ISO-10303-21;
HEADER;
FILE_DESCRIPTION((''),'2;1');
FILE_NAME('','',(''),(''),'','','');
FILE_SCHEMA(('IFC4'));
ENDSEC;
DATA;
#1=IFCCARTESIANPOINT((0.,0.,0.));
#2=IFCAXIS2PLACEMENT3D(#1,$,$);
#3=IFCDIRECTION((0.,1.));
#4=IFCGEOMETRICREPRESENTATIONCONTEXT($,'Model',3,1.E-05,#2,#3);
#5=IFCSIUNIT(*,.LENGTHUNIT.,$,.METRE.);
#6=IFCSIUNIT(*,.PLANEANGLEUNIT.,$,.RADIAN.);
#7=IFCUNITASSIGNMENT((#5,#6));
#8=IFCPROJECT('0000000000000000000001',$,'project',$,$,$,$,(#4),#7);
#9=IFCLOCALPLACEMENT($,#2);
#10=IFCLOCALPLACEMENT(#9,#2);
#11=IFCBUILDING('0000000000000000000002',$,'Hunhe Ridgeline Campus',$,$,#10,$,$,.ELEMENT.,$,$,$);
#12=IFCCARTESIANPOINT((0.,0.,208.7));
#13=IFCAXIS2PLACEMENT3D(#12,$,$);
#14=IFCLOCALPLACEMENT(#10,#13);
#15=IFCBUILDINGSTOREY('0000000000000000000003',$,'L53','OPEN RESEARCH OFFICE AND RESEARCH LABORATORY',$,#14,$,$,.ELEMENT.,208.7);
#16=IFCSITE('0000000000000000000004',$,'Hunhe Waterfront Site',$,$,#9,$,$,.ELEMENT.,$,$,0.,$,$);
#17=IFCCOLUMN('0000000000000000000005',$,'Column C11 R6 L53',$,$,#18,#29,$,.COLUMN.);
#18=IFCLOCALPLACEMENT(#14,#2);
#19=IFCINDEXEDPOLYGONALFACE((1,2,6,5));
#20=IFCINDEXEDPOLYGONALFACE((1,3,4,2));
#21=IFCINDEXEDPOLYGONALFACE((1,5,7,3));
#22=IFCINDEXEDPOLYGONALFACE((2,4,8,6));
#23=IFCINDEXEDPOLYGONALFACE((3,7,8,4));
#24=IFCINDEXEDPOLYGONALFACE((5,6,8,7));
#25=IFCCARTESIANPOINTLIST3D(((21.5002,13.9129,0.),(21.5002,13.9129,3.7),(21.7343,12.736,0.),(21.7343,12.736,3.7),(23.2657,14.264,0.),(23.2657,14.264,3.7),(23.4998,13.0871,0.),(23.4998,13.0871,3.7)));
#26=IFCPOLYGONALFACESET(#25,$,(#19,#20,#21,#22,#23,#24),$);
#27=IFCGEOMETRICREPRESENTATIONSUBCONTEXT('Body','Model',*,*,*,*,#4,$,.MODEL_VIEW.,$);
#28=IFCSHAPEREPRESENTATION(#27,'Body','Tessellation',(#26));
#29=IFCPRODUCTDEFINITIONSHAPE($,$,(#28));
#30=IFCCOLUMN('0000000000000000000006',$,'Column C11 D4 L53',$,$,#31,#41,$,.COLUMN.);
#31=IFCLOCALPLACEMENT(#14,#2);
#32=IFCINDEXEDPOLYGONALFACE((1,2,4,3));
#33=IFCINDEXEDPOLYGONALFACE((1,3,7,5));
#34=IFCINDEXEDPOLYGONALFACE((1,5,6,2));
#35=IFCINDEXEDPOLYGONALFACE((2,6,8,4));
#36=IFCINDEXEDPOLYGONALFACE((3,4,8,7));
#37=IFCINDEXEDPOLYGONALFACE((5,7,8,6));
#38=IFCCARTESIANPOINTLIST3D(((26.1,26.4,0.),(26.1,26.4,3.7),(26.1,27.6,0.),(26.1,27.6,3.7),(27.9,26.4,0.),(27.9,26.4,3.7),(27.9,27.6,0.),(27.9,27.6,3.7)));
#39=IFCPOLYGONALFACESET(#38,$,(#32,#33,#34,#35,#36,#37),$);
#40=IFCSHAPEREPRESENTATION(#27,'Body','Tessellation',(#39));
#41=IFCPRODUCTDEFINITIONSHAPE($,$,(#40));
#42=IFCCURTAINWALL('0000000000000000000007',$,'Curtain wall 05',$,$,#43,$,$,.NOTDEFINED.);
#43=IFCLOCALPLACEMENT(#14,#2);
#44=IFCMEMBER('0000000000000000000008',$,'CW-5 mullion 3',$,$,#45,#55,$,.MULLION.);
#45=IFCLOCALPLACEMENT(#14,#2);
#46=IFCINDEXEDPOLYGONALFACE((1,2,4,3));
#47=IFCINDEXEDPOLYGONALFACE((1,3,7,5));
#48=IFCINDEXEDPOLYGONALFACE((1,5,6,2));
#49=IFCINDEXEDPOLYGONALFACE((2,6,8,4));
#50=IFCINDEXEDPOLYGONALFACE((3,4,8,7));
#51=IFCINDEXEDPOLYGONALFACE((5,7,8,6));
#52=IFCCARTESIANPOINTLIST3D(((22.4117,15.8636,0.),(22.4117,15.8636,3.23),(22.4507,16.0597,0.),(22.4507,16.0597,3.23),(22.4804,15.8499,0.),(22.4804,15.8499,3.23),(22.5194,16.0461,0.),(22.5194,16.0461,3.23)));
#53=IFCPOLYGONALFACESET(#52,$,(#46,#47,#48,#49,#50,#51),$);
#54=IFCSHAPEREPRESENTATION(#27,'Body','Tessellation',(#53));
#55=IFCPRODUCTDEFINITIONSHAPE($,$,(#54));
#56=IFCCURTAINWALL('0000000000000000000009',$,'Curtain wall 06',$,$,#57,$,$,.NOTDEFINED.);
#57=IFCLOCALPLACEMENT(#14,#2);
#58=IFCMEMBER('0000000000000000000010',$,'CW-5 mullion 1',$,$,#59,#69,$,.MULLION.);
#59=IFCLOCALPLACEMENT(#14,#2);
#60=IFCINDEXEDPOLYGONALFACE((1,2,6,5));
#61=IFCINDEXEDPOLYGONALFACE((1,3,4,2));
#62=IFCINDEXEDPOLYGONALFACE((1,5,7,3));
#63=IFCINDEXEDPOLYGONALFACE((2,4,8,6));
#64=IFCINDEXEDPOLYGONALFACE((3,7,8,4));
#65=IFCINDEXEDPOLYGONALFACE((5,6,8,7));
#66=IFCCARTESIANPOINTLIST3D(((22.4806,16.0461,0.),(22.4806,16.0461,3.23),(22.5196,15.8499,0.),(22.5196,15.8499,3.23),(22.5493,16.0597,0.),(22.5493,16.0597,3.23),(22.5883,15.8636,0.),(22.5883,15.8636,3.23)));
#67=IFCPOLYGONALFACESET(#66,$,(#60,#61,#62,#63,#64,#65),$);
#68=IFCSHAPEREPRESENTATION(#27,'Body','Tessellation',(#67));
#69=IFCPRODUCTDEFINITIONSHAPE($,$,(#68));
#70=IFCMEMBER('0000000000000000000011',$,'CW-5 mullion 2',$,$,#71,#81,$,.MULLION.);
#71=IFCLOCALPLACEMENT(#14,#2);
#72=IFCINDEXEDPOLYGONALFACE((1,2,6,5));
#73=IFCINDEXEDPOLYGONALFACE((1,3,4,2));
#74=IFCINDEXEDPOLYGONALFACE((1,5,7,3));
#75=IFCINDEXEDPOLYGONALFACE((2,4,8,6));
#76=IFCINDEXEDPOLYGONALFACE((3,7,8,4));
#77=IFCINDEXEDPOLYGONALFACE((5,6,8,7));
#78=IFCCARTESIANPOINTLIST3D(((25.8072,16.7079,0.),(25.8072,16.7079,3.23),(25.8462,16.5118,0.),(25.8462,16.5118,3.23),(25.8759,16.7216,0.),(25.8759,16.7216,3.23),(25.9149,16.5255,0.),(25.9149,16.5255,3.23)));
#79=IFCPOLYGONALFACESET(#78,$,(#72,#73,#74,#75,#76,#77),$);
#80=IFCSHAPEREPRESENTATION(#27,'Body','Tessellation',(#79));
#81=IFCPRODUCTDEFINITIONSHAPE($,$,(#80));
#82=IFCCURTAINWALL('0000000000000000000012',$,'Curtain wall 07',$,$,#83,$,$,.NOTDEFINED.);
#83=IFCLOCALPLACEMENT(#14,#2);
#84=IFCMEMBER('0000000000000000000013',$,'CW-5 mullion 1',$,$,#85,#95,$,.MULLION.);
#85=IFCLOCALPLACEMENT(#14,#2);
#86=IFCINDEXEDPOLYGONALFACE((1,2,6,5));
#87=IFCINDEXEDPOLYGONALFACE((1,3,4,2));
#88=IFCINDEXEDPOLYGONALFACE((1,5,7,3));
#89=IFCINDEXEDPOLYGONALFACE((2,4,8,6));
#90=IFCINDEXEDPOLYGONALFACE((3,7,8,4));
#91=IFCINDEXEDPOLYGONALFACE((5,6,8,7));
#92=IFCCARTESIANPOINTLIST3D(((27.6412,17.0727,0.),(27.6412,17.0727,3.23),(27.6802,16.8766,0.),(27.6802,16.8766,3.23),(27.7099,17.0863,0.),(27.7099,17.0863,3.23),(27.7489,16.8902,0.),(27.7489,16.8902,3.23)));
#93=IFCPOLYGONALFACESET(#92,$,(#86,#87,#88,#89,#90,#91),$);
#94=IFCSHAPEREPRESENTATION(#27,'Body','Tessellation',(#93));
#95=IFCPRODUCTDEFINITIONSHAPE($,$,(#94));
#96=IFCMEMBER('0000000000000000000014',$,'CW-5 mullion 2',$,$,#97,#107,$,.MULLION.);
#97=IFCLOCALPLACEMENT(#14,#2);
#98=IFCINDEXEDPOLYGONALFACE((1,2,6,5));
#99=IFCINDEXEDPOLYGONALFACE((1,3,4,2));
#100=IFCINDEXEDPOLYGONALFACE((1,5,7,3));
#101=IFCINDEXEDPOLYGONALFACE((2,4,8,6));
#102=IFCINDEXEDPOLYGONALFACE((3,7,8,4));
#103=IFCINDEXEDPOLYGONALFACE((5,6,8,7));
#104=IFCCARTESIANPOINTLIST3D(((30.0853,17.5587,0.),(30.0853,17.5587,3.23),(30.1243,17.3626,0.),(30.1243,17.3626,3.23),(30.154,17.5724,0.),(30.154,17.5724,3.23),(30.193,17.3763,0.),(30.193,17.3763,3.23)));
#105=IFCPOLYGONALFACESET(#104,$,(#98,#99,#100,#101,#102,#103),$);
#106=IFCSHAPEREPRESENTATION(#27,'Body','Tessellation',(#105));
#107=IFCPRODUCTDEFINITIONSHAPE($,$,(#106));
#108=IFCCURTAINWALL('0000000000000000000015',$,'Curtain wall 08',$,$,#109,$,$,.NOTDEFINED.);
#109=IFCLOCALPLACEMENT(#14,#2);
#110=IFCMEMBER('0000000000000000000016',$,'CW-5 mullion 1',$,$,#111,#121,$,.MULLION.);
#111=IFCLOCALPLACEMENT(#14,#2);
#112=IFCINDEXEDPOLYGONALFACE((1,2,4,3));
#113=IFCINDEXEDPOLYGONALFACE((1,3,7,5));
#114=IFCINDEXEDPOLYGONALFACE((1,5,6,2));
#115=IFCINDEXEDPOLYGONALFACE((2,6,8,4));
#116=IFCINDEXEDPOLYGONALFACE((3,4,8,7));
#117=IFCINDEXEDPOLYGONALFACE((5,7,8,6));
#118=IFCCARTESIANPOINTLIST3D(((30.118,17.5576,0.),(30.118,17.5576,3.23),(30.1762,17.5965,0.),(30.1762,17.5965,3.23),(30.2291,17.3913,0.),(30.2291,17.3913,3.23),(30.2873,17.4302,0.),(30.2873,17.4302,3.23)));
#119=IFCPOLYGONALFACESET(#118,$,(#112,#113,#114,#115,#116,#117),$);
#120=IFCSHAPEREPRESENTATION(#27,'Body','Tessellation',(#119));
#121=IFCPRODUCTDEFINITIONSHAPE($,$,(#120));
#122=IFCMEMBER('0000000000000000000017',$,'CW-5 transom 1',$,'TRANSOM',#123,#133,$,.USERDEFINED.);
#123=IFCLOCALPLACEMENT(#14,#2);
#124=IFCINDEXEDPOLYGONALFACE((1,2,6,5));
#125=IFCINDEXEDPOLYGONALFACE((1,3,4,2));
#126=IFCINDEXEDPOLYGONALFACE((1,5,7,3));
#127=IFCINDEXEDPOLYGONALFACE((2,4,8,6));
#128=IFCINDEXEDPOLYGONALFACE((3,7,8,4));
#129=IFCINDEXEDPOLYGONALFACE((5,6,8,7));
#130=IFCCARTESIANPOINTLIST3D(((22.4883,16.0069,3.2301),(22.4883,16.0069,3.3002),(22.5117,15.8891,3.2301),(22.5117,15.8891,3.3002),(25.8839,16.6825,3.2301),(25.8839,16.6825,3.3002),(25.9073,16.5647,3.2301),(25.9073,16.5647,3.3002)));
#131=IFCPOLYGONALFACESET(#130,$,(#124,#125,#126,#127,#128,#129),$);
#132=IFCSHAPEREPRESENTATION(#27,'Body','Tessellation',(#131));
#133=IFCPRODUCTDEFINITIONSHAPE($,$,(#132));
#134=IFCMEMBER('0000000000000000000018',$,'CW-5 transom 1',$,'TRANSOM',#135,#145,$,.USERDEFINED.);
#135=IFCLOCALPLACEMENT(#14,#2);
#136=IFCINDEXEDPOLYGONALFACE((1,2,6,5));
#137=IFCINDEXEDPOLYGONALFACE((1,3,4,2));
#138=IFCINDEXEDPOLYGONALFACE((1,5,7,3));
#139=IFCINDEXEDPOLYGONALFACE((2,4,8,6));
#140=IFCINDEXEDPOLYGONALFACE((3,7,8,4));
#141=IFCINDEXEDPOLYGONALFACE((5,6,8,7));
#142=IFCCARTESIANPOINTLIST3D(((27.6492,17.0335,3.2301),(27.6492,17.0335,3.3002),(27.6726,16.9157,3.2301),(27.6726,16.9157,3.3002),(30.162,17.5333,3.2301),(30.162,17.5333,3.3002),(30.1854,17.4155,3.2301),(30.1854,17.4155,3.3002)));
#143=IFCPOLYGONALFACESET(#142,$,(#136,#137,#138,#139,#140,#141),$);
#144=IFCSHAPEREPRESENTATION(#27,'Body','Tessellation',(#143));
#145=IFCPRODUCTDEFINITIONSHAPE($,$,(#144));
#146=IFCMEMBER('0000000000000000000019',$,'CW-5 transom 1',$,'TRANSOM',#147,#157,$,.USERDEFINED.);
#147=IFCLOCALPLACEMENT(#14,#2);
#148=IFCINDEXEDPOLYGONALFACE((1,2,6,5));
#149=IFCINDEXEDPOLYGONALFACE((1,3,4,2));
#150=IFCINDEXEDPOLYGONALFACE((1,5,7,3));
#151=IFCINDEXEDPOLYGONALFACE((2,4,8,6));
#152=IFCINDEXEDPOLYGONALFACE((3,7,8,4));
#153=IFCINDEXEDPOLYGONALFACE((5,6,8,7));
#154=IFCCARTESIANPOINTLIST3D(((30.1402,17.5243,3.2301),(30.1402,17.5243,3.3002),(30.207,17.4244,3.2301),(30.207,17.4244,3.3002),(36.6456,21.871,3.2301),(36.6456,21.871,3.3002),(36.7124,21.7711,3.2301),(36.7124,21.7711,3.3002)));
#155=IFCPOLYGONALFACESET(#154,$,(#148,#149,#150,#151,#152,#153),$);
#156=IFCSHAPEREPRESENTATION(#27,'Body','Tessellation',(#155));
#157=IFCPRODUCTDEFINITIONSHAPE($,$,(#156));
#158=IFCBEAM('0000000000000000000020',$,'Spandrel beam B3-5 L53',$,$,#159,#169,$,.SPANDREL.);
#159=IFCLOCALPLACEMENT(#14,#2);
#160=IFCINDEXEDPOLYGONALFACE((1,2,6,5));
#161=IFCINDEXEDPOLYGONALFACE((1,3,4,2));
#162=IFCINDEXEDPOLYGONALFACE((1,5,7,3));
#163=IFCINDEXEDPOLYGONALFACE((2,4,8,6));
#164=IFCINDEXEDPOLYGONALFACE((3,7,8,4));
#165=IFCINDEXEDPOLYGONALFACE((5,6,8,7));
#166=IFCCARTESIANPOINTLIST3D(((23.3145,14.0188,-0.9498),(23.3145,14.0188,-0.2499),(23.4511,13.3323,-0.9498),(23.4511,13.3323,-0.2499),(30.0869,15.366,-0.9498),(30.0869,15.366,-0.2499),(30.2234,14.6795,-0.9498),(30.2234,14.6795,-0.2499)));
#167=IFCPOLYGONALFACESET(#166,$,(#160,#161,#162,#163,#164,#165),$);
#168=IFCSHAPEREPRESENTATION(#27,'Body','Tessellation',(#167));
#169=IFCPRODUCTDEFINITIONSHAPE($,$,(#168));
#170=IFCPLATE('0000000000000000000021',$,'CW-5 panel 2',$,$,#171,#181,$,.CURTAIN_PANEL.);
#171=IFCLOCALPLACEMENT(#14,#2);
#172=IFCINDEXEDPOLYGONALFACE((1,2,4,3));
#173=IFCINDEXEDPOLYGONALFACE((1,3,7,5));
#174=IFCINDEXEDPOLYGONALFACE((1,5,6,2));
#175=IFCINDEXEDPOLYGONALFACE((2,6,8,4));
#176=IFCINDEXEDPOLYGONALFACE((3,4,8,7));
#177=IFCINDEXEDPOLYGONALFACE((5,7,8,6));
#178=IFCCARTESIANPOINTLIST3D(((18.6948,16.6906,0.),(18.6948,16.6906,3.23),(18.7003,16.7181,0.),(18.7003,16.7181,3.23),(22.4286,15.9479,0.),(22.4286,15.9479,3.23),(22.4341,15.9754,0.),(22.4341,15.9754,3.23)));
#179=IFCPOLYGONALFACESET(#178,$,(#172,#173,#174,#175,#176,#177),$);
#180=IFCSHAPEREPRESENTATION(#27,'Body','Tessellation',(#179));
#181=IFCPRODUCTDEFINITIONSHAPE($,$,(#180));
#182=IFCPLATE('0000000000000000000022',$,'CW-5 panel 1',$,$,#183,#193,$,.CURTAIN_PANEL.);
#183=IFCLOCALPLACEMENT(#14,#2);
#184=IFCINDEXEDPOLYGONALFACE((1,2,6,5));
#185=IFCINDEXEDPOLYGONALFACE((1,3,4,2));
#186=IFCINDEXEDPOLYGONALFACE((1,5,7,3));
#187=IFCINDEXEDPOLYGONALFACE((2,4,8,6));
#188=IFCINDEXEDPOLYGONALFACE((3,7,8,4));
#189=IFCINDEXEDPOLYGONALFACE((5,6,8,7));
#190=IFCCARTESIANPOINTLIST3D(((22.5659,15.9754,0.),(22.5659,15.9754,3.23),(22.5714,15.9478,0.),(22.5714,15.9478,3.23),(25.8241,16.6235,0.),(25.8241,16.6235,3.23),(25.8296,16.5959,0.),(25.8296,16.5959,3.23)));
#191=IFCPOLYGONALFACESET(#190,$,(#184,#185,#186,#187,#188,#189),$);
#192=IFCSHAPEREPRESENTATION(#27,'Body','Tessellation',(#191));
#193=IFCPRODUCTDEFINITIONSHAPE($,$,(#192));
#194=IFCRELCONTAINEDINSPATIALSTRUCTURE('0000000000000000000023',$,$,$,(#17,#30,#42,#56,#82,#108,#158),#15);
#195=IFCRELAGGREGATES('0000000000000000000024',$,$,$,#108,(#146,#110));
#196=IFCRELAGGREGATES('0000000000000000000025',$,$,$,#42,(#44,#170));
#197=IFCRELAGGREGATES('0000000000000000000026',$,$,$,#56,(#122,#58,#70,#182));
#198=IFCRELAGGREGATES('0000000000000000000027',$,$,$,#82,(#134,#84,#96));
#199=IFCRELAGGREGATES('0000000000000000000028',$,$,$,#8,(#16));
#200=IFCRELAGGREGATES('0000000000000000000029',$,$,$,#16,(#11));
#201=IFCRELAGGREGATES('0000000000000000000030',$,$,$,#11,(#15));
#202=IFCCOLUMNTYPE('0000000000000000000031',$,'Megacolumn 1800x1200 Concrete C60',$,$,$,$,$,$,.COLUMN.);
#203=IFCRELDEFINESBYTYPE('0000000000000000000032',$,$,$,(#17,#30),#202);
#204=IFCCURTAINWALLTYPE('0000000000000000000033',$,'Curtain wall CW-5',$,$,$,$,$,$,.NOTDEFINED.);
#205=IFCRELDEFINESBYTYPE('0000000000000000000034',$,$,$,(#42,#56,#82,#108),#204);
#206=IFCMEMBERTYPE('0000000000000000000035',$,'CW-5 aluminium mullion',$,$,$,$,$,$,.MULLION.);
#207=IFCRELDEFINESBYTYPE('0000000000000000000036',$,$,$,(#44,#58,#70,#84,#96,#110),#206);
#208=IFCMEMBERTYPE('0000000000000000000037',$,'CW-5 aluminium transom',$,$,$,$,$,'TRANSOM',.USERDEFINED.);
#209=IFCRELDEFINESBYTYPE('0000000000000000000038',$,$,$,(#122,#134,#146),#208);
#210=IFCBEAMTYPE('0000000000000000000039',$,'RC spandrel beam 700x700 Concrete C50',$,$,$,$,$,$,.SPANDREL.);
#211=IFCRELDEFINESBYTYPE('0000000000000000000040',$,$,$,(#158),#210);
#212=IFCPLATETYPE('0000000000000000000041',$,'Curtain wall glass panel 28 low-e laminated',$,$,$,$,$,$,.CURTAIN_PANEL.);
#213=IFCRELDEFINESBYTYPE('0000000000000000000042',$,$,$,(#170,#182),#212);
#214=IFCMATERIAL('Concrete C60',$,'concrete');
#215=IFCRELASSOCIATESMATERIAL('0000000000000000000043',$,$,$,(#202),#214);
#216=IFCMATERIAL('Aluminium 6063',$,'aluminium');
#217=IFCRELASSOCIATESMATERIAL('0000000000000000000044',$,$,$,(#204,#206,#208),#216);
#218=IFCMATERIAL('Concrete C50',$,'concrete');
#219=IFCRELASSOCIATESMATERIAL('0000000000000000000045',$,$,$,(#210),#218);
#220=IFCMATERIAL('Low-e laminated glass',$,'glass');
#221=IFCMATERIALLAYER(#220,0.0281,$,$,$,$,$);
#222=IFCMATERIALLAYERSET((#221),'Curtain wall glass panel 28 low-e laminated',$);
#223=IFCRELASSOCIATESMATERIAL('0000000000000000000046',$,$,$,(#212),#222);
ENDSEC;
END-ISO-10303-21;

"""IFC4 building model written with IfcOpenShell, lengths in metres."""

from ifc_helpers import new_model, si_unit, direction, frame, origin, origin_2d, place, context, subcontext, project, spatial, rectangle, extrude, material, layer, layer_set, material_profile, profile_set, type_object, element, aggregate, save


model = new_model("IFC4")

# Units and contexts
model_context = context("Model", 3, precision=1e-05, world=origin(), true_north=direction((0.0, 1.0)))
body_context = subcontext(model_context, "Body", "Model", "MODEL_VIEW")
ifc_project = project(units=[si_unit("LENGTHUNIT", "METRE"), si_unit("PLANEANGLEUNIT", "RADIAN")], contexts=[model_context])

# Site, building, storey
site_placement = place(None, origin())
site = spatial("IfcSite", under=ifc_project, at=site_placement, Name="Hunhe Waterfront Site", CompositionType="ELEMENT", RefElevation=0.0)
building_placement = place(site_placement, origin())
building = spatial("IfcBuilding", under=site, at=building_placement, Name="Hunhe Ridgeline Campus", CompositionType="ELEMENT")
storey_placement = place(building_placement, frame((0.0, 0.0, 208.7)))
storey = spatial("IfcBuildingStorey", under=building, at=storey_placement, Name="L53", Description="OPEN RESEARCH OFFICE AND RESEARCH LABORATORY", CompositionType="ELEMENT", Elevation=208.7)

# Columns
ifc_material_1 = material(Name="Concrete C60", Category="concrete")
ifc_material_profile_1 = material_profile(ifc_material_1, rectangle(XDim=1.8, YDim=1.2, at=origin_2d()))
ifc_profile_set_1 = profile_set([ifc_material_profile_1], Name="Concrete C60")
column_type = type_object("IfcColumnType", Name="Megacolumn 1800x1200 Concrete C60", PredefinedType="COLUMN", material=ifc_profile_set_1)
for number, where, z_axis, x_axis, name in (
    (1, (22.5, 13.5, 0.0), (0.0, 0.0, 1.0), (0.980785, 0.19509, 0.0), "Column C11 R6 L53"),
    (2, (27.0, 27.0, 0.0), (0.0, 0.0, 1.0), (1.0, 0.0, 0.0), "Column C11 D4 L53"),
):
    element("IfcColumn", number, at=place(storey_placement, frame(where, z_axis=z_axis, x_axis=x_axis)), inside=storey, type_object=column_type, Name=name, PredefinedType="COLUMN", context=body_context, shape_type="SweptSolid", body=[
        extrude(rectangle(XDim=1.8, YDim=1.2, at=origin_2d()), origin(), (0.0, 0.0, 1.0), 3.7),
    ])

# Curtain wall, member
ifc_material_2 = material(Name="Aluminium 6063", Category="aluminium")
curtain_wall_type = type_object("IfcCurtainWallType", Name="Curtain wall CW-5", PredefinedType="NOTDEFINED", material=ifc_material_2)
curtain_wall_1_placement = place(storey_placement, origin())
curtain_wall_1 = element("IfcCurtainWall", 3, at=curtain_wall_1_placement, inside=storey, type_object=curtain_wall_type, Name="Curtain wall 05", PredefinedType="NOTDEFINED")
ifc_material_profile_2 = material_profile(ifc_material_2, rectangle(XDim=0.2, YDim=0.0701, at=origin_2d()))
ifc_profile_set_2 = profile_set([ifc_material_profile_2], Name="Aluminium 6063")
member_type_1 = type_object("IfcMemberType", Name="CW-5 aluminium mullion", PredefinedType="MULLION", material=ifc_profile_set_2)
member_1_placement = place(storey_placement, frame((22.4656, 15.9548, 0.0), z_axis=(0.0, 0.0, 1.0), x_axis=(0.19509, 0.980785, 0.0)))
member_1 = element("IfcMember", 4, at=member_1_placement, type_object=member_type_1, Name="CW-5 mullion 3", PredefinedType="MULLION", context=body_context, shape_type="SweptSolid", body=[
    extrude(rectangle(XDim=0.2, YDim=0.0701, at=origin_2d()), origin(), (0.0, 0.0, 1.0), 3.23),
])

# Curtain walls, members
curtain_wall_2_placement = place(storey_placement, origin())
curtain_wall_2 = element("IfcCurtainWall", 5, at=curtain_wall_2_placement, inside=storey, type_object=curtain_wall_type, Name="Curtain wall 06", PredefinedType="NOTDEFINED")
member_2_placement = place(storey_placement, frame((22.5344, 15.9548, 0.0), z_axis=(0.0, 0.0, 1.0), x_axis=(-0.19509, 0.980785, 0.0)))
member_2 = element("IfcMember", 6, at=member_2_placement, type_object=member_type_1, Name="CW-5 mullion 1", PredefinedType="MULLION", context=body_context, shape_type="SweptSolid", body=[
    extrude(rectangle(XDim=0.2, YDim=0.0701, at=origin_2d()), origin(), (0.0, 0.0, 1.0), 3.23),
])
member_3_placement = place(storey_placement, frame((25.8611, 16.6167, 0.0), z_axis=(0.0, 0.0, 1.0), x_axis=(-0.19509, 0.980785, 0.0)))
member_3 = element("IfcMember", 7, at=member_3_placement, type_object=member_type_1, Name="CW-5 mullion 2", PredefinedType="MULLION", context=body_context, shape_type="SweptSolid", body=[
    extrude(rectangle(XDim=0.2, YDim=0.0701, at=origin_2d()), origin(), (0.0, 0.0, 1.0), 3.23),
])
curtain_wall_3_placement = place(storey_placement, origin())
curtain_wall_3 = element("IfcCurtainWall", 8, at=curtain_wall_3_placement, inside=storey, type_object=curtain_wall_type, Name="Curtain wall 07", PredefinedType="NOTDEFINED")
member_4_placement = place(storey_placement, frame((27.6951, 16.9814, 0.0), z_axis=(0.0, 0.0, 1.0), x_axis=(-0.195091, 0.980785, 0.0)))
member_4 = element("IfcMember", 9, at=member_4_placement, type_object=member_type_1, Name="CW-5 mullion 1", PredefinedType="MULLION", context=body_context, shape_type="SweptSolid", body=[
    extrude(rectangle(XDim=0.2, YDim=0.0701, at=origin_2d()), origin(), (0.0, 0.0, 1.0), 3.23),
])
member_5_placement = place(storey_placement, frame((30.1392, 17.4675, 0.0), z_axis=(0.0, 0.0, 1.0), x_axis=(-0.195091, 0.980785, 0.0)))
member_5 = element("IfcMember", 10, at=member_5_placement, type_object=member_type_1, Name="CW-5 mullion 2", PredefinedType="MULLION", context=body_context, shape_type="SweptSolid", body=[
    extrude(rectangle(XDim=0.2, YDim=0.0701, at=origin_2d()), origin(), (0.0, 0.0, 1.0), 3.23),
])

# Curtain wall, member
curtain_wall_4_placement = place(storey_placement, origin())
curtain_wall_4 = element("IfcCurtainWall", 11, at=curtain_wall_4_placement, inside=storey, type_object=curtain_wall_type, Name="Curtain wall 08", PredefinedType="NOTDEFINED")
member_6_placement = place(storey_placement, frame((30.2026, 17.4939, 0.0), z_axis=(0.0, 0.0, 1.0), x_axis=(-0.55557, 0.83147, 0.0)))
member_6 = element("IfcMember", 12, at=member_6_placement, type_object=member_type_1, Name="CW-5 mullion 1", PredefinedType="MULLION", context=body_context, shape_type="SweptSolid", body=[
    extrude(rectangle(XDim=0.2, YDim=0.0701, at=origin_2d()), origin(), (0.0, 0.0, 1.0), 3.23),
])

# Members
ifc_material_profile_3 = material_profile(ifc_material_2, rectangle(XDim=0.1201, YDim=0.0701, at=origin_2d()))
ifc_profile_set_3 = profile_set([ifc_material_profile_3], Name="Aluminium 6063")
member_type_2 = type_object("IfcMemberType", Name="CW-5 aluminium transom", ElementType="TRANSOM", PredefinedType="USERDEFINED", material=ifc_profile_set_3)
member_7_placement = place(storey_placement, frame((22.5, 15.948, 3.2651), z_axis=(0.980778, 0.195126, 0.0), x_axis=(-0.195126, 0.980778, 0.0)))
member_7 = element("IfcMember", 13, at=member_7_placement, type_object=member_type_2, Name="CW-5 transom 1", ObjectType="TRANSOM", PredefinedType="USERDEFINED", context=body_context, shape_type="SweptSolid", body=[
    extrude(rectangle(XDim=0.1201, YDim=0.0701, at=origin_2d()), origin(), (0.0, 0.0, 1.0), 3.4622),
])
member_8_placement = place(storey_placement, frame((27.6609, 16.9746, 3.2651), z_axis=(0.980789, 0.195071, 0.0), x_axis=(-0.195071, 0.980789, 0.0)))
member_8 = element("IfcMember", 14, at=member_8_placement, type_object=member_type_2, Name="CW-5 transom 1", ObjectType="TRANSOM", PredefinedType="USERDEFINED", context=body_context, shape_type="SweptSolid", body=[
    extrude(rectangle(XDim=0.1201, YDim=0.0701, at=origin_2d()), origin(), (0.0, 0.0, 1.0), 2.562),
])
member_9_placement = place(storey_placement, frame((30.1736, 17.4744, 3.2651), z_axis=(0.831474, 0.555564, 0.0), x_axis=(-0.555564, 0.831474, 0.0)))
member_9 = element("IfcMember", 15, at=member_9_placement, type_object=member_type_2, Name="CW-5 transom 1", ObjectType="TRANSOM", PredefinedType="USERDEFINED", context=body_context, shape_type="SweptSolid", body=[
    extrude(rectangle(XDim=0.1201, YDim=0.0701, at=origin_2d()), origin(), (0.0, 0.0, 1.0), 7.824),
])
aggregate(curtain_wall_4, [member_9, member_6])

# Beam
ifc_material_3 = material(Name="Concrete C50", Category="concrete")
ifc_material_profile_4 = material_profile(ifc_material_3, rectangle(XDim=0.7, YDim=0.7, at=origin_2d()))
ifc_profile_set_4 = profile_set([ifc_material_profile_4], Name="Concrete C50")
beam_type = type_object("IfcBeamType", Name="RC spandrel beam 700x700 Concrete C50", PredefinedType="SPANDREL", material=ifc_profile_set_4)
beam_placement = place(storey_placement, frame((23.3828, 13.6755, -0.5999), z_axis=(0.980783, 0.195103, 0.0), x_axis=(-0.195103, 0.980783, 0.0)))
element("IfcBeam", 16, at=beam_placement, inside=storey, type_object=beam_type, Name="Spandrel beam B3-5 L53", PredefinedType="SPANDREL", context=body_context, shape_type="SweptSolid", body=[
    extrude(rectangle(XDim=0.7, YDim=0.7, at=origin_2d()), origin(), (0.0, 0.0, 1.0), 6.905),
])

# Plates
ifc_material_4 = material(Name="Low-e laminated glass", Category="glass")
ifc_layer_1 = layer(ifc_material_4, 0.0281)
ifc_layer_set_1 = layer_set([ifc_layer_1], Name="Curtain wall glass panel 28 low-e laminated")
plate_type = type_object("IfcPlateType", Name="Curtain wall glass panel 28 low-e laminated", PredefinedType="CURTAIN_PANEL", material=ifc_layer_set_1)
plate_1_placement = place(storey_placement, frame((20.5645, 16.333, 0.0), z_axis=(0.0, 0.0, 1.0), x_axis=(0.980785, -0.19509, 0.0)))
plate_1 = element("IfcPlate", 17, at=plate_1_placement, type_object=plate_type, Name="CW-5 panel 2", PredefinedType="CURTAIN_PANEL", context=body_context, shape_type="SweptSolid", body=[
    extrude(rectangle(XDim=3.8069, YDim=0.0281, at=origin_2d()), origin(), (0.0, 0.0, 1.0), 3.23),
])
aggregate(curtain_wall_1, [member_1, plate_1])
plate_2_placement = place(storey_placement, frame((24.1978, 16.2856, 0.0), z_axis=(0.0, 0.0, 1.0), x_axis=(0.980785, 0.19509, 0.0)))
plate_2 = element("IfcPlate", 18, at=plate_2_placement, type_object=plate_type, Name="CW-5 panel 1", PredefinedType="CURTAIN_PANEL", context=body_context, shape_type="SweptSolid", body=[
    extrude(rectangle(XDim=3.322, YDim=0.0281, at=origin_2d()), origin(), (0.0, 0.0, 1.0), 3.23),
])
aggregate(curtain_wall_2, [member_7, member_2, member_3, plate_2])
aggregate(curtain_wall_3, [member_8, member_4, member_5])

save(model, "model.ifc")
